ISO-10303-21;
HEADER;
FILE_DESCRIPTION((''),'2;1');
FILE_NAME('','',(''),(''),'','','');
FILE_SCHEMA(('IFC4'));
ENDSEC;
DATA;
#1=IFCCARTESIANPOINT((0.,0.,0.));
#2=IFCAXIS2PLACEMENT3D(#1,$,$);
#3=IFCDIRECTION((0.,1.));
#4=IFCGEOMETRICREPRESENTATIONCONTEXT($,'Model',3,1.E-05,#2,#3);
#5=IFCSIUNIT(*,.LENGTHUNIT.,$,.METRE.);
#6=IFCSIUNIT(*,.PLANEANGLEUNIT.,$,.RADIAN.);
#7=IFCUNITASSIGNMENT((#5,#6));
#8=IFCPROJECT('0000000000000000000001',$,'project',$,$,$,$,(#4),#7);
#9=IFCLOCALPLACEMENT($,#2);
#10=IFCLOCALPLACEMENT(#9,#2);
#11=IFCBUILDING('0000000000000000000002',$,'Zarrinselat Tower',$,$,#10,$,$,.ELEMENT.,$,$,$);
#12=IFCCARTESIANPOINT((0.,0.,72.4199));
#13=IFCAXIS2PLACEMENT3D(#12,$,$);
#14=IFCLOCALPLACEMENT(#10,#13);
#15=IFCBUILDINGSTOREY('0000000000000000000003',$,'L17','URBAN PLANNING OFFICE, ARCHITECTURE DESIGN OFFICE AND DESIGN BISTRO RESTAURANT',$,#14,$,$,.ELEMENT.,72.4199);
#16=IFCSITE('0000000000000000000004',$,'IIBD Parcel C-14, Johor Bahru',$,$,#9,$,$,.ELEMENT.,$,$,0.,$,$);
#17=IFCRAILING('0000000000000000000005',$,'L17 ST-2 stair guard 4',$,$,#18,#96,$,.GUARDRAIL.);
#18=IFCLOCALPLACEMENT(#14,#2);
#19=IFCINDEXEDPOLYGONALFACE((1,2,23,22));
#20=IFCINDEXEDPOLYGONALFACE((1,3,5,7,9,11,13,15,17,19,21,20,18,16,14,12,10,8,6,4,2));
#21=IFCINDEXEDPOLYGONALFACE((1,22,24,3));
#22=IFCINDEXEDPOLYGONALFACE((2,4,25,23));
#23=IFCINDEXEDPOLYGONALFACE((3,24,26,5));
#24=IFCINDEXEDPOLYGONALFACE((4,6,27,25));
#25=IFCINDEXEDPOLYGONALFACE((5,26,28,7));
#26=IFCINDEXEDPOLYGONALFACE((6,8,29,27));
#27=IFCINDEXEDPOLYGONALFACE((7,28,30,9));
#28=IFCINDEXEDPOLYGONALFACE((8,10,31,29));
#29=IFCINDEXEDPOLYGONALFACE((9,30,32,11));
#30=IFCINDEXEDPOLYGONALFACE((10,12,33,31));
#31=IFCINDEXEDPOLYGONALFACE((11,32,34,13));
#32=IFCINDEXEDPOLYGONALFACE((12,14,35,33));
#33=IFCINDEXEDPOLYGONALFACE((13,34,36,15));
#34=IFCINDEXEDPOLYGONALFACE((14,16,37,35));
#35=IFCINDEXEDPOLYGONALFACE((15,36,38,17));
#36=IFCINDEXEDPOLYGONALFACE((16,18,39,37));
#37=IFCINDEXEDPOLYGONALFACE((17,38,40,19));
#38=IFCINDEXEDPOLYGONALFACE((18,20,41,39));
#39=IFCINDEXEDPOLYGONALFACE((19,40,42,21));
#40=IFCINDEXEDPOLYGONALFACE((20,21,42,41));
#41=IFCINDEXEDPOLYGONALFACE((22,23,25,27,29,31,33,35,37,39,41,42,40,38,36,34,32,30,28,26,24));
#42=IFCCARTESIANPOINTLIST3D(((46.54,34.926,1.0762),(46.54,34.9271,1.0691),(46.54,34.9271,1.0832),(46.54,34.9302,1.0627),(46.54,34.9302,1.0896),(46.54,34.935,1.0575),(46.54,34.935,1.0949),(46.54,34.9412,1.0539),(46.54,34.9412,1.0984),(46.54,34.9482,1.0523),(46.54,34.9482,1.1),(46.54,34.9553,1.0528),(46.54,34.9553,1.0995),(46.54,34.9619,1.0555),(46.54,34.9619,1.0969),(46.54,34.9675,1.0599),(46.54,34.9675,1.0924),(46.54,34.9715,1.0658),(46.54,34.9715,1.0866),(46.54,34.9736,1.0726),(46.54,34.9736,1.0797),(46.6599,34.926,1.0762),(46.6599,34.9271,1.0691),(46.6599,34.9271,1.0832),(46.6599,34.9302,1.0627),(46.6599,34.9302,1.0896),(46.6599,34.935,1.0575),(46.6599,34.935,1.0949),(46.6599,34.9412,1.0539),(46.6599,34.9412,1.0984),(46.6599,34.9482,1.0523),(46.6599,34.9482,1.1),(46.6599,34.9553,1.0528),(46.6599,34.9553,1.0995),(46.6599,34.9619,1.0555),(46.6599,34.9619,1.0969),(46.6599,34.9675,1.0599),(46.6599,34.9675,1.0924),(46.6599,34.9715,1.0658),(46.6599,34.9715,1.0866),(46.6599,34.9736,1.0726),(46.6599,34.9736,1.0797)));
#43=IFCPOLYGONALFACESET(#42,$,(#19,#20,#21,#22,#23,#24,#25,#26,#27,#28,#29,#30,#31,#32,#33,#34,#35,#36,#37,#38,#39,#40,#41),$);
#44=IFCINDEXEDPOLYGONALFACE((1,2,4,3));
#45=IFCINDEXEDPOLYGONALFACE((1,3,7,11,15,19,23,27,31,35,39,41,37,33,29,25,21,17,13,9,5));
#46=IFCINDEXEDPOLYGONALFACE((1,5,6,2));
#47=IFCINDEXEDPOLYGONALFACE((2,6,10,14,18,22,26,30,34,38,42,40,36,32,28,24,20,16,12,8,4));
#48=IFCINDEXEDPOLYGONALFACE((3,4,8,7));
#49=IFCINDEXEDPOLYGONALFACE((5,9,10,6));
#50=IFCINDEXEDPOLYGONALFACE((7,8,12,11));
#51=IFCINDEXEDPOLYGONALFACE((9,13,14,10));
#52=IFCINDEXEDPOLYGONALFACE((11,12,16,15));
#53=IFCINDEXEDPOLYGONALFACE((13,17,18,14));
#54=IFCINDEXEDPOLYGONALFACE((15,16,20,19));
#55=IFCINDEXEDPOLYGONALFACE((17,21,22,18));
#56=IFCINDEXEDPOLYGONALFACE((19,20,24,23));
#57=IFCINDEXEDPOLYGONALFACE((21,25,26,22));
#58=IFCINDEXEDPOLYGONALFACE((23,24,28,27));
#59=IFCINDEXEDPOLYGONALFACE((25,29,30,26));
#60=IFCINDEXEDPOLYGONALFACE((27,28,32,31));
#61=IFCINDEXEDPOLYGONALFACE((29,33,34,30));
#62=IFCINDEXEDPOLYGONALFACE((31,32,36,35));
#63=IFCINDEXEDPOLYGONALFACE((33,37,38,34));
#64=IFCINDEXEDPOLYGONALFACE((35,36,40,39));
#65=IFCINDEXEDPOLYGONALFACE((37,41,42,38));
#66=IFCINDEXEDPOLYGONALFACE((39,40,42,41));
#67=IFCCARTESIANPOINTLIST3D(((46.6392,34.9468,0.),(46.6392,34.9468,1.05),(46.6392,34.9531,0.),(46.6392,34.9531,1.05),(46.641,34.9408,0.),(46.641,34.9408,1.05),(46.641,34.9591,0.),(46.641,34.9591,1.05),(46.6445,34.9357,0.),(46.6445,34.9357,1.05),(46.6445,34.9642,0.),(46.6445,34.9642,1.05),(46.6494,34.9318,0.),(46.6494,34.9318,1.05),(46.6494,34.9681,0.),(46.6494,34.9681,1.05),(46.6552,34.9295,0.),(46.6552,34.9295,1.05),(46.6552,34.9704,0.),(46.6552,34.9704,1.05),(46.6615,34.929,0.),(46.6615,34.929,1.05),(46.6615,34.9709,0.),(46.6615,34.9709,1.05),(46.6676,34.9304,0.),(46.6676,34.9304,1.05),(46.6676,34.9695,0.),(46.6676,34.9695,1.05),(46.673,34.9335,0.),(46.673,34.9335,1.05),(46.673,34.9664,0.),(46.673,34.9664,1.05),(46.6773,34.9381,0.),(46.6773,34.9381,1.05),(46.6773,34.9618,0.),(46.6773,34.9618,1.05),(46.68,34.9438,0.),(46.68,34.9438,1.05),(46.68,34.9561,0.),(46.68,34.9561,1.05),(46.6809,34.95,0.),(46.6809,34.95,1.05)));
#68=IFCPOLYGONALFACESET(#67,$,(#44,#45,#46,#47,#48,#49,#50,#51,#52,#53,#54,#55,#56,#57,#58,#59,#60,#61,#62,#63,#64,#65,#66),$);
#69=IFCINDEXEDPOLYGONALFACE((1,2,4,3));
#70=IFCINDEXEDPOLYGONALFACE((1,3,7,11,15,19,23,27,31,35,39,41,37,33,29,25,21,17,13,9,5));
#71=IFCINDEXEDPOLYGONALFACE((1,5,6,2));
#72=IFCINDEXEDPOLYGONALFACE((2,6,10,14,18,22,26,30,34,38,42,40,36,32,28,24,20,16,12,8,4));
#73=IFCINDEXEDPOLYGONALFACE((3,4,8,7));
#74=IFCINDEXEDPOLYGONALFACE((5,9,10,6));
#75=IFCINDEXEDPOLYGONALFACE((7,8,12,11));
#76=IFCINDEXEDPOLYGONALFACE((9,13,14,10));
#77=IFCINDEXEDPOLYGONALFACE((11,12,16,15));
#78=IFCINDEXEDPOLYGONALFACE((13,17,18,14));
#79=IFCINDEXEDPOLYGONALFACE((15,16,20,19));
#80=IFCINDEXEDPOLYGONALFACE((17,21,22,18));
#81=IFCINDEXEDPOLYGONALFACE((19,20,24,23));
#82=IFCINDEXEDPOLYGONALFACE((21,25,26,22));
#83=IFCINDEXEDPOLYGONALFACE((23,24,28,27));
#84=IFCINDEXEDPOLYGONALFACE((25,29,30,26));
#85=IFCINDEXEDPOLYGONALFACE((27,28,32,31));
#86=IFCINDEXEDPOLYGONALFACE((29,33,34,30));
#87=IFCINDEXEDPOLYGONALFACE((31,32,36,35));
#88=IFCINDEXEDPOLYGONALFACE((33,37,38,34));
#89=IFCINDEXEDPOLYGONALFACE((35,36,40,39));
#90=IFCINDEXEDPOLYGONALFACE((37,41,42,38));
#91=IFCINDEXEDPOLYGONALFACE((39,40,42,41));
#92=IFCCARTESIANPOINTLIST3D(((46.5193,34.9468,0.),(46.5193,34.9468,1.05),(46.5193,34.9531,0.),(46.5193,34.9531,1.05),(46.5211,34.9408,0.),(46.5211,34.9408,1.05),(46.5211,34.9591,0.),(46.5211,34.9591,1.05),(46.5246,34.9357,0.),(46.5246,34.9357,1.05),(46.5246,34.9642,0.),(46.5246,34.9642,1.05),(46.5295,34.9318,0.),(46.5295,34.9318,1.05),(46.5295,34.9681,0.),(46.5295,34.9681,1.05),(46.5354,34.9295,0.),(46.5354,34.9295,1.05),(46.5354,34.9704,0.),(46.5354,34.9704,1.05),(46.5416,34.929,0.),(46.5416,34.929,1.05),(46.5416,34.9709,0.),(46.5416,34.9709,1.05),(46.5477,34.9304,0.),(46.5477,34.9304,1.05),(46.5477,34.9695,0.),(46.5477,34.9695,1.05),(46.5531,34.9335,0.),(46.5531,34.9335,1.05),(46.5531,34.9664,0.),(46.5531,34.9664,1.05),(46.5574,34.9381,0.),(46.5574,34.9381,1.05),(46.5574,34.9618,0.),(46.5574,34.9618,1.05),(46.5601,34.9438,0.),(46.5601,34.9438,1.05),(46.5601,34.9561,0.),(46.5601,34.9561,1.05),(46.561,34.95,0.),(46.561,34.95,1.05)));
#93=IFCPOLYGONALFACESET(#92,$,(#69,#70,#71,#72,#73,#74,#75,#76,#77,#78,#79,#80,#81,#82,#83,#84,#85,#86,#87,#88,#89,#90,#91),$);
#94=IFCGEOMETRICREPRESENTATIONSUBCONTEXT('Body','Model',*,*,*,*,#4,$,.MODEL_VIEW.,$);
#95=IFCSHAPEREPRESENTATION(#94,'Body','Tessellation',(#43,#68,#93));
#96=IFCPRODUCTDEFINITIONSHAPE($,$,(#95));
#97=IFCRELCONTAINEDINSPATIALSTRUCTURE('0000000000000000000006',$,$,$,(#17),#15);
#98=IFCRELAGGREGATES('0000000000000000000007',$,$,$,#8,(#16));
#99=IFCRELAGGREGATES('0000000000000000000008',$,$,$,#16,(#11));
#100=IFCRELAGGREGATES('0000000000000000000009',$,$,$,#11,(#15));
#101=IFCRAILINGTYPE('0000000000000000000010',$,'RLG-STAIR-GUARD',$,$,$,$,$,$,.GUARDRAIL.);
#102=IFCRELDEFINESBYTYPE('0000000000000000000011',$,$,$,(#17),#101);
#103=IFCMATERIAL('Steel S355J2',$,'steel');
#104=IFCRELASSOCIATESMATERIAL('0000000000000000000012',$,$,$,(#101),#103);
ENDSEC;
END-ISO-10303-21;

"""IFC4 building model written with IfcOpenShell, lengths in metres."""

from ifc_helpers import new_model, si_unit, direction, frame, origin, origin_2d, place, context, subcontext, project, spatial, circle, extrude, material, type_object, element, save


model = new_model("IFC4")

# Units and contexts
model_context = context("Model", 3, precision=1e-05, world=origin(), true_north=direction((0.0, 1.0)))
body_context = subcontext(model_context, "Body", "Model", "MODEL_VIEW")
ifc_project = project(units=[si_unit("LENGTHUNIT", "METRE"), si_unit("PLANEANGLEUNIT", "RADIAN")], contexts=[model_context])

# Site, building, storey
site_placement = place(None, origin())
site = spatial("IfcSite", under=ifc_project, at=site_placement, Name="IIBD Parcel C-14, Johor Bahru", CompositionType="ELEMENT", RefElevation=0.0)
building_placement = place(site_placement, origin())
building = spatial("IfcBuilding", under=site, at=building_placement, Name="Zarrinselat Tower", CompositionType="ELEMENT")
storey_placement = place(building_placement, frame((0.0, 0.0, 72.4199)))
storey = spatial("IfcBuildingStorey", under=building, at=storey_placement, Name="L17", Description="URBAN PLANNING OFFICE, ARCHITECTURE DESIGN OFFICE AND DESIGN BISTRO RESTAURANT", CompositionType="ELEMENT", Elevation=72.4199)

# Railing
ifc_material_1 = material(Name="Steel S355J2", Category="steel")
railing_type_1 = type_object("IfcRailingType", Name="RLG-STAIR-GUARD", PredefinedType="GUARDRAIL", material=ifc_material_1)
railing_1_placement = place(storey_placement, frame((46.6599, 34.95, 0.0)))
element("IfcRailing", 1, at=railing_1_placement, inside=storey, type_object=railing_type_1, Name="L17 ST-2 stair guard 4", PredefinedType="GUARDRAIL", context=body_context, shape_type="SweptSolid", body=[
    extrude(circle(Radius=0.0239, at=origin_2d()), frame((0.0, 0.0, 1.0762), z_axis=(-1.0, 0.0, 0.0), x_axis=(0.0, -1.0, 0.0)), (0.0, 0.0, 1.0), 0.1199),
    extrude(circle(Radius=0.021, at=origin_2d()), origin(), (0.0, 0.0, 1.0), 1.05),
    extrude(circle(Radius=0.021, at=origin_2d()), frame((-0.1199, 0.0, 0.0)), (0.0, 0.0, 1.0), 1.05),
])

save(model, "model.ifc")
